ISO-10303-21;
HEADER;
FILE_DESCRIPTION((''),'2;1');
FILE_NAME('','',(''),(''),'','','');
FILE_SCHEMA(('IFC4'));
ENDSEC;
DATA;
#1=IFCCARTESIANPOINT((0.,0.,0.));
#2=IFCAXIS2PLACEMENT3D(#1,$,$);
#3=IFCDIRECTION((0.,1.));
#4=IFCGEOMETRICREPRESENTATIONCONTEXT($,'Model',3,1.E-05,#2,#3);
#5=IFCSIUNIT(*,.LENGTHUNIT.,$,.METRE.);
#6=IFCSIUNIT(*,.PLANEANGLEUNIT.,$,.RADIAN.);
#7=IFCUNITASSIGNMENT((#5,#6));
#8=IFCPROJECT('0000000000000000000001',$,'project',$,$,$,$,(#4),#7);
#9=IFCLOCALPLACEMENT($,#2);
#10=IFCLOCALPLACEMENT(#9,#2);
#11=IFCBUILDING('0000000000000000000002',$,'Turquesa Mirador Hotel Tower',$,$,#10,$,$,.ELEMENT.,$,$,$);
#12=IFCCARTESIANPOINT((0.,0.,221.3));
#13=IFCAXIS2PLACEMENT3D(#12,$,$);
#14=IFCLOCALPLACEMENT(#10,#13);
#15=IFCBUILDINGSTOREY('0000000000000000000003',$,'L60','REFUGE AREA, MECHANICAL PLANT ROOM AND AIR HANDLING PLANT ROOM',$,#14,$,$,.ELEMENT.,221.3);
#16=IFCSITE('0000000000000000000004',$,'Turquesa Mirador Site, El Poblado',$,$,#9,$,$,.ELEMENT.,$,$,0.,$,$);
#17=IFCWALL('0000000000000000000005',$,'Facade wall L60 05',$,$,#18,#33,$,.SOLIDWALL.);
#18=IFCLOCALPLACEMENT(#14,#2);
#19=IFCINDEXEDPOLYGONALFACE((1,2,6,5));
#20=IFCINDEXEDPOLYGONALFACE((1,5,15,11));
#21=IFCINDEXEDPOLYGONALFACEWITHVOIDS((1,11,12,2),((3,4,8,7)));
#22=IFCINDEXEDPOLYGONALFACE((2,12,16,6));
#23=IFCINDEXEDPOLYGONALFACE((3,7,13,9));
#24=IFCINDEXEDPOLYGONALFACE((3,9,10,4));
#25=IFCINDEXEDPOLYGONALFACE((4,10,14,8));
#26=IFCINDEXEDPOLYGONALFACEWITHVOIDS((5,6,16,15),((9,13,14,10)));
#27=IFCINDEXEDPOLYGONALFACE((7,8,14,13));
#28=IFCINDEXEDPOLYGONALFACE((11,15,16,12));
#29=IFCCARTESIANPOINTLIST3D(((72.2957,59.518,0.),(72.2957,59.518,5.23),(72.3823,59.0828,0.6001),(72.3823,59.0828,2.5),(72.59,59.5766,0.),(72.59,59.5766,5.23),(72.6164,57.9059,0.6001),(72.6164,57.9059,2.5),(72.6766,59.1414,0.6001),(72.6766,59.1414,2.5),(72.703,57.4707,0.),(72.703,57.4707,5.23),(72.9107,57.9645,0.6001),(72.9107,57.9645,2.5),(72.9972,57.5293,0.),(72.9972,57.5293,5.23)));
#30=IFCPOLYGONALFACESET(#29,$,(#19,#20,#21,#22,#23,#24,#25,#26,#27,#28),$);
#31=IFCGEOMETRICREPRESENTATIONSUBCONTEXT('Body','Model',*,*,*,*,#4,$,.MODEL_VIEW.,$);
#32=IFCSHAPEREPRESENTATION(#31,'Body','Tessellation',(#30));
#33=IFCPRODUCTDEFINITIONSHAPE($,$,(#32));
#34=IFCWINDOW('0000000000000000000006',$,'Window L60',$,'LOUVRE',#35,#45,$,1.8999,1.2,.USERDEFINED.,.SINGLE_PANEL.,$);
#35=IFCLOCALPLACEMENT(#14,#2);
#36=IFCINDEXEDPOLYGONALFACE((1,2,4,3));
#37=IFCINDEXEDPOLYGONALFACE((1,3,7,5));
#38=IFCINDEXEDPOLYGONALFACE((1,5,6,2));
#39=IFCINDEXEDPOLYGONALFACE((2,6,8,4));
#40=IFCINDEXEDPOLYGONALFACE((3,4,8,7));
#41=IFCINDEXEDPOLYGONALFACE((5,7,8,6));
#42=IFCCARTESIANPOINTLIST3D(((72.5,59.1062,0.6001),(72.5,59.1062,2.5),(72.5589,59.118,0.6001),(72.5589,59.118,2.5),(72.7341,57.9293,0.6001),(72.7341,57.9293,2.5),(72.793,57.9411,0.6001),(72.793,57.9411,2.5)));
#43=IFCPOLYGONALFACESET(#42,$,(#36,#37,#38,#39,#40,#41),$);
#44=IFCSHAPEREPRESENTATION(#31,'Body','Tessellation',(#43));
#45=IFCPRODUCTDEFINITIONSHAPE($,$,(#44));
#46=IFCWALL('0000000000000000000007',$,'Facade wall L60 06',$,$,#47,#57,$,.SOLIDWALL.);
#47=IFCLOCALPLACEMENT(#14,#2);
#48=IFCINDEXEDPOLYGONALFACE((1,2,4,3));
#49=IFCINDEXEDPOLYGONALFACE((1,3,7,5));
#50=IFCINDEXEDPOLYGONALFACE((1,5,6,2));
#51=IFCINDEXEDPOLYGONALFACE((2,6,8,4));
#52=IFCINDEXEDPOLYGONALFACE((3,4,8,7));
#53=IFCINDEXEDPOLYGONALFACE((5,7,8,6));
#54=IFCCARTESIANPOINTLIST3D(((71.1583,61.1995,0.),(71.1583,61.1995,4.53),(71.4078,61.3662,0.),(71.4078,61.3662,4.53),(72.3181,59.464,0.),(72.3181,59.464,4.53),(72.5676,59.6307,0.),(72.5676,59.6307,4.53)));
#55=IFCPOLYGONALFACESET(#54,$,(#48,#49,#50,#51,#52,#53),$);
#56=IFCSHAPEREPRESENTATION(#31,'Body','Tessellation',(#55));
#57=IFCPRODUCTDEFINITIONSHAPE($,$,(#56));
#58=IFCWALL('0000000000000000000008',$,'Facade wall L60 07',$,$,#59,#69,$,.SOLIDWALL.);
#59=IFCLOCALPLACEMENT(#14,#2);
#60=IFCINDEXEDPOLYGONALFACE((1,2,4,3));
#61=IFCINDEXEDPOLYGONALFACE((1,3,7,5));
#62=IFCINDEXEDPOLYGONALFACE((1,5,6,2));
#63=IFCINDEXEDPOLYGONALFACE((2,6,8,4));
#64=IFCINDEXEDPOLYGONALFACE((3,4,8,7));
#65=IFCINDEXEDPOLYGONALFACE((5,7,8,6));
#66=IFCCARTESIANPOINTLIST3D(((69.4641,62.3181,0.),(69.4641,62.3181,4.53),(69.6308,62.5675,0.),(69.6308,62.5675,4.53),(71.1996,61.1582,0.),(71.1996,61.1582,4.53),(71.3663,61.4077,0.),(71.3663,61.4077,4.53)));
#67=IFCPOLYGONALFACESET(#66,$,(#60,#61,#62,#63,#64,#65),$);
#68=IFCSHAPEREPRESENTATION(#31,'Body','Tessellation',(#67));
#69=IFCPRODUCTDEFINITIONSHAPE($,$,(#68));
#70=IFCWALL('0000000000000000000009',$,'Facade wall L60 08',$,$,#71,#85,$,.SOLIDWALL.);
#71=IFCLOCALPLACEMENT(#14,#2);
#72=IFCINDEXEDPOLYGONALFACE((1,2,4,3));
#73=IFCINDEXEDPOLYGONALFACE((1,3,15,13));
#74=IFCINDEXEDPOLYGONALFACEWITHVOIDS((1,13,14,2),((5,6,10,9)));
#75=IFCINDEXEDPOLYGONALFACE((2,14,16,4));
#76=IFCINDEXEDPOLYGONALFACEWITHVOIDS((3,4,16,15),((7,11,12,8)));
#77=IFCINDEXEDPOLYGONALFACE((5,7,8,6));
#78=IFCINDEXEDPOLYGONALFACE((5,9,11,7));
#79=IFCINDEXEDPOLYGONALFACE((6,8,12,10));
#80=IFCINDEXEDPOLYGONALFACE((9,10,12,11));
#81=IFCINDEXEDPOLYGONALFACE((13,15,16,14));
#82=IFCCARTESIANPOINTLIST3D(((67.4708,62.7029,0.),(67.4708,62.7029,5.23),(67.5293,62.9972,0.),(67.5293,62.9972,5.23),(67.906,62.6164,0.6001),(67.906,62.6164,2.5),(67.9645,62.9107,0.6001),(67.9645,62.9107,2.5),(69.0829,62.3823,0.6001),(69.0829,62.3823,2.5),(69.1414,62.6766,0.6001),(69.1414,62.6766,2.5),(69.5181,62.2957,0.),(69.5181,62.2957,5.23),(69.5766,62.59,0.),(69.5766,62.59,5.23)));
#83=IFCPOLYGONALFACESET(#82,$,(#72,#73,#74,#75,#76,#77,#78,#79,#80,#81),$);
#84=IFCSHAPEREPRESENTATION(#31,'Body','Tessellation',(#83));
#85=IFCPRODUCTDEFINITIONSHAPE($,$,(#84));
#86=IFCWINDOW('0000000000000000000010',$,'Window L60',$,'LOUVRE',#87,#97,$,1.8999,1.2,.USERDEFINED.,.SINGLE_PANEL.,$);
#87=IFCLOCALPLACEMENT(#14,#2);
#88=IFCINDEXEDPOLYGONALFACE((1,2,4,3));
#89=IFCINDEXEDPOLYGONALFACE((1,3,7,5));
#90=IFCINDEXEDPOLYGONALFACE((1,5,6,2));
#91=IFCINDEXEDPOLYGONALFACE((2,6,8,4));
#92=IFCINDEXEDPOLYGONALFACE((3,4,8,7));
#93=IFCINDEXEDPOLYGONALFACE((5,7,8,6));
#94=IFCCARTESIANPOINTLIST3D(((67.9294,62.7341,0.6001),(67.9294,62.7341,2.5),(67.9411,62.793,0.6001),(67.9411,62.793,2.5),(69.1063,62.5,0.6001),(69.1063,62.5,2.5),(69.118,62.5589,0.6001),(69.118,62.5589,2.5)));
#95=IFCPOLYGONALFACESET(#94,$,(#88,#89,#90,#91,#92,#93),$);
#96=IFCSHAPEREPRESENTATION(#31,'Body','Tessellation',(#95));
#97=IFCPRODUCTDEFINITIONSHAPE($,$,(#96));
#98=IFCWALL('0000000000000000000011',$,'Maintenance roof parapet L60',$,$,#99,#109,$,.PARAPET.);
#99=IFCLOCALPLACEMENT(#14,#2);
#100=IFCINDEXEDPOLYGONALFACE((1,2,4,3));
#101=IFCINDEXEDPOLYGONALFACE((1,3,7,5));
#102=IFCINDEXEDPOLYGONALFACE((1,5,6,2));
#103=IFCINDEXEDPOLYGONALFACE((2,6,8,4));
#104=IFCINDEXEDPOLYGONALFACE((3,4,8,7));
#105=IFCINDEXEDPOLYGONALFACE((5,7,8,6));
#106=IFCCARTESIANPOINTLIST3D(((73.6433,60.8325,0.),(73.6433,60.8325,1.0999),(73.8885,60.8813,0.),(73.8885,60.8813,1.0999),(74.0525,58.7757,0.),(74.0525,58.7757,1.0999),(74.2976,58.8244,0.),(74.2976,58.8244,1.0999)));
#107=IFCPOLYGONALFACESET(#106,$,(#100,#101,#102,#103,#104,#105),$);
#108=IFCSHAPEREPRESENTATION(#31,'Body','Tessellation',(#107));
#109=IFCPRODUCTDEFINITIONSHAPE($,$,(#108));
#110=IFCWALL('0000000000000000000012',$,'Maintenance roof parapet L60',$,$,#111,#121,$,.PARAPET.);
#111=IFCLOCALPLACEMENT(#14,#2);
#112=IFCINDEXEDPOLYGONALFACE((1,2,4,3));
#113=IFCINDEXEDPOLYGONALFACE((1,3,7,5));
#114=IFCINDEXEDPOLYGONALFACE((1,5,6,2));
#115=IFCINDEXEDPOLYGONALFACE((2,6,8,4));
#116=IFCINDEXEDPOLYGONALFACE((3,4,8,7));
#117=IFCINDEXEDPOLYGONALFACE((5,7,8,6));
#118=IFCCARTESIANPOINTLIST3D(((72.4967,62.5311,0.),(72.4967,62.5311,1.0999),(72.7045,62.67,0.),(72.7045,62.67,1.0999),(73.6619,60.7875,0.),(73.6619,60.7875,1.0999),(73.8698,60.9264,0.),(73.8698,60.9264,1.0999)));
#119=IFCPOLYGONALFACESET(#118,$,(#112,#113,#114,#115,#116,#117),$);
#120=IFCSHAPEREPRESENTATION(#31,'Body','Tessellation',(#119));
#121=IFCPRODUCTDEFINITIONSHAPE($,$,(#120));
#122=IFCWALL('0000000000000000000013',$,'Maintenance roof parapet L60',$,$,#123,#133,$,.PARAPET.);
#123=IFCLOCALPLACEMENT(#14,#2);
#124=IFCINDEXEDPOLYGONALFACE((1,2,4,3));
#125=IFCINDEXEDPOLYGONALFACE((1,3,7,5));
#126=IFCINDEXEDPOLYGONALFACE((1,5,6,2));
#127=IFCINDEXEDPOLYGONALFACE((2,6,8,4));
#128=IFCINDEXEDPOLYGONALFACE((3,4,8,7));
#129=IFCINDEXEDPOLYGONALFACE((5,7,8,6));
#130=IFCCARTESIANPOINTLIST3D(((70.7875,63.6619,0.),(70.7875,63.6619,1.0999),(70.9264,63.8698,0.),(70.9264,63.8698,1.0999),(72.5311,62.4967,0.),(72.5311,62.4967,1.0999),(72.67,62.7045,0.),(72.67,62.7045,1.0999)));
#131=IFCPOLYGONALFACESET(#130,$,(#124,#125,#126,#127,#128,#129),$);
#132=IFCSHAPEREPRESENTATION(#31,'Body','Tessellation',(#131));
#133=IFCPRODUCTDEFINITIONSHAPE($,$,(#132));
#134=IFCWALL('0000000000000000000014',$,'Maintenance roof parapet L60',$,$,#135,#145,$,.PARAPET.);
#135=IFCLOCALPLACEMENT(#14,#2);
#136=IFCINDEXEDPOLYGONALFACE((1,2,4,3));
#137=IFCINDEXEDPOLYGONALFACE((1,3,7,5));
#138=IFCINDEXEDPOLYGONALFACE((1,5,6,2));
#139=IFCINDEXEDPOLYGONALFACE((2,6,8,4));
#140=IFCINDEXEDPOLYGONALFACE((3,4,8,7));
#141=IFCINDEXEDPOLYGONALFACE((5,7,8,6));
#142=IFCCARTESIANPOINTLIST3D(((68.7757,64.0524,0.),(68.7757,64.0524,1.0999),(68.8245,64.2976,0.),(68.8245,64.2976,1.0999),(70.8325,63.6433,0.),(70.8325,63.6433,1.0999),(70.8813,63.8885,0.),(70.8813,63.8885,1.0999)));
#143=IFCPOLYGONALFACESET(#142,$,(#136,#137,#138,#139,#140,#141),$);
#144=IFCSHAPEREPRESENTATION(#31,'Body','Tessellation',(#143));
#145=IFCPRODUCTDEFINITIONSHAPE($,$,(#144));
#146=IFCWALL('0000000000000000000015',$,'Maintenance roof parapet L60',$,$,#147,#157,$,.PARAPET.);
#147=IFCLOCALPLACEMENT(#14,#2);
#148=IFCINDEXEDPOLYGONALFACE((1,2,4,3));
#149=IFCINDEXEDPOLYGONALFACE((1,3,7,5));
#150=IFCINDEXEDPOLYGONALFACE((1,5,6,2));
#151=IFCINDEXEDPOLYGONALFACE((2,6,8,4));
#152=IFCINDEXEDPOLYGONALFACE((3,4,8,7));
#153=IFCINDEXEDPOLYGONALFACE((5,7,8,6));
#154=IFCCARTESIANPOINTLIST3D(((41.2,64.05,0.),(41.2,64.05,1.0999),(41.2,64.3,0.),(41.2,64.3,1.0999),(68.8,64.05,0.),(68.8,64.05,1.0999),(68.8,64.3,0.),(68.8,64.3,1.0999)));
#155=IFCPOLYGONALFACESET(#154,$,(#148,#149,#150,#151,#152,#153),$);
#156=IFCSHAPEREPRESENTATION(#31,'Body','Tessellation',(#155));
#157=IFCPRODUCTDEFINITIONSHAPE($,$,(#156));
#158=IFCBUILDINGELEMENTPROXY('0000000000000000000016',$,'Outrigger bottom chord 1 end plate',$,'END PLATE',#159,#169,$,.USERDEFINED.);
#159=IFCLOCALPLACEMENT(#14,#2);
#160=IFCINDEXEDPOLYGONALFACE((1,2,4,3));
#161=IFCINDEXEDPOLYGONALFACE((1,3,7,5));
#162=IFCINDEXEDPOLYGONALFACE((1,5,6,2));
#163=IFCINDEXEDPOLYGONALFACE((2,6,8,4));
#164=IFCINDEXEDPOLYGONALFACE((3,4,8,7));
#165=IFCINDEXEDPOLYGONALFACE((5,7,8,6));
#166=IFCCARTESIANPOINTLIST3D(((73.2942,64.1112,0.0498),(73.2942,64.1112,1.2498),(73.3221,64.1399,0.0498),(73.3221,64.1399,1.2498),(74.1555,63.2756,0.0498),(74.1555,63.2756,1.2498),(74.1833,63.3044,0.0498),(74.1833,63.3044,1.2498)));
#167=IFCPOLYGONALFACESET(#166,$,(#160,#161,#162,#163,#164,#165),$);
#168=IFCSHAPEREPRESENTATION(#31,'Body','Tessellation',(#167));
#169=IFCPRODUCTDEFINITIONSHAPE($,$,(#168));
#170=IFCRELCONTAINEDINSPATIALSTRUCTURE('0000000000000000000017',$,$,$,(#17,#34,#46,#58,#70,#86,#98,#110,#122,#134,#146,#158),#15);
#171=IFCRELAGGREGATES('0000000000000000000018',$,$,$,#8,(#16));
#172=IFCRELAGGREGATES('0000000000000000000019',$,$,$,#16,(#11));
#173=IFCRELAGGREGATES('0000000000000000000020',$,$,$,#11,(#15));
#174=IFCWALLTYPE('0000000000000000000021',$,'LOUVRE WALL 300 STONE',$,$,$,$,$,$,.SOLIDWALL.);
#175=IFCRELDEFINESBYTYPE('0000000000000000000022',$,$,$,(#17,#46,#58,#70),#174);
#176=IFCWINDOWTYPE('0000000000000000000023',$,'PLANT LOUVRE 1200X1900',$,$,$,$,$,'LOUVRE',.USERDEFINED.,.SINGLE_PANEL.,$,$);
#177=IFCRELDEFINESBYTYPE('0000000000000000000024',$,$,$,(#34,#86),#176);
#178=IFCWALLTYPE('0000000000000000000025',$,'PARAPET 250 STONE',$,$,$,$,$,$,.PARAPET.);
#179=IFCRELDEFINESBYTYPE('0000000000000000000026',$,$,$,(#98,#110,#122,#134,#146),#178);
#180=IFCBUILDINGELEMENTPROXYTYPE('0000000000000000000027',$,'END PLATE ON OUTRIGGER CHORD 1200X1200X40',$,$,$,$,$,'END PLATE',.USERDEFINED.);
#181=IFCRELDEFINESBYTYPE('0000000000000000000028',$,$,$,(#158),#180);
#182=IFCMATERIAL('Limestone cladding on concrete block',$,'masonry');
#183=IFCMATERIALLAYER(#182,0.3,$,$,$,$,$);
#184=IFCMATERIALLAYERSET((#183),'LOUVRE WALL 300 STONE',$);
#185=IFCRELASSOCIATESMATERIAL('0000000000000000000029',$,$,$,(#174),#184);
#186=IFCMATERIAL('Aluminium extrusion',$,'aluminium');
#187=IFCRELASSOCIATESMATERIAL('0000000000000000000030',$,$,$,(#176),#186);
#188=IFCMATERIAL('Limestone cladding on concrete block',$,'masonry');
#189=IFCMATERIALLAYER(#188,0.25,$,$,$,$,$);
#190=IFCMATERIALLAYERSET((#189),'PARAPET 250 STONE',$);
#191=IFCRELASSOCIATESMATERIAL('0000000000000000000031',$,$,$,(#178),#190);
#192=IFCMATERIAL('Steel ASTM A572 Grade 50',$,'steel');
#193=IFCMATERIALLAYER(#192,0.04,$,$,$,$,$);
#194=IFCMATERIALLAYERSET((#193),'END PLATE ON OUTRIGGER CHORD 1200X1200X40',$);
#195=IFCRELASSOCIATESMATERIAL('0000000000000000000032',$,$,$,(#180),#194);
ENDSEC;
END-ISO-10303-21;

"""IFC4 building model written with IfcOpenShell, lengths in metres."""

from ifc_helpers import new_model, si_unit, direction, frame, frame_2d, origin, origin_2d, place, context, subcontext, project, spatial, rectangle, extrude, material, layer, layer_set, type_object, element, fill, save


model = new_model("IFC4")

# Units and contexts
model_context = context("Model", 3, precision=1e-05, world=origin(), true_north=direction((0.0, 1.0)))
body_context = subcontext(model_context, "Body", "Model", "MODEL_VIEW")
ifc_project = project(units=[si_unit("LENGTHUNIT", "METRE"), si_unit("PLANEANGLEUNIT", "RADIAN")], contexts=[model_context])

# Site, building, storey
site_placement = place(None, origin())
site = spatial("IfcSite", under=ifc_project, at=site_placement, Name="Turquesa Mirador Site, El Poblado", CompositionType="ELEMENT", RefElevation=0.0)
building_placement = place(site_placement, origin())
building = spatial("IfcBuilding", under=site, at=building_placement, Name="Turquesa Mirador Hotel Tower", CompositionType="ELEMENT")
storey_placement = place(building_placement, frame((0.0, 0.0, 221.3)))
storey = spatial("IfcBuildingStorey", under=building, at=storey_placement, Name="L60", Description="REFUGE AREA, MECHANICAL PLANT ROOM AND AIR HANDLING PLANT ROOM", CompositionType="ELEMENT", Elevation=221.3)

# Wall, opening, window
ifc_material_1 = material(Name="Limestone cladding on concrete block", Category="masonry")
ifc_layer_1 = layer(ifc_material_1, 0.3)
ifc_layer_set_1 = layer_set([ifc_layer_1], Name="LOUVRE WALL 300 STONE")
wall_type_1 = type_object("IfcWallType", Name="LOUVRE WALL 300 STONE", PredefinedType="SOLIDWALL", material=ifc_layer_set_1)
wall_1_placement = place(storey_placement, frame((72.8501, 57.5, 0.0), z_axis=(0.0, 0.0, 1.0), x_axis=(-0.195081, 0.980787, 0.0)))
wall_1 = element("IfcWall", 1, at=wall_1_placement, inside=storey, type_object=wall_type_1, Name="Facade wall L60 05", PredefinedType="SOLIDWALL", context=body_context, shape_type="SweptSolid", body=[
    extrude(rectangle(XDim=2.0874, YDim=0.3, at=frame_2d((1.0437, 0.0))), origin(), (0.0, 0.0, 1.0), 5.23),
])
opening_1_placement = place(wall_1_placement, frame((0.4436, 0.0, 0.6001)))
opening_1 = element("IfcOpeningElement", 2, at=opening_1_placement, cuts=wall_1, PredefinedType="OPENING", context=body_context, shape_type="SweptSolid", body=[
    extrude(rectangle(XDim=1.2, YDim=1.8999, at=frame_2d((0.6001, 0.95))), frame((0.0, 0.1599, 0.0), z_axis=(0.0, -1.0, 0.0), x_axis=(1.0, 0.0, 0.0)), (0.0, 0.0, 1.0), 0.3201),
])
ifc_material_2 = material(Name="Aluminium extrusion", Category="aluminium")
window_type = type_object("IfcWindowType", Name="PLANT LOUVRE 1200X1900", ElementType="LOUVRE", PartitioningType="SINGLE_PANEL", PredefinedType="USERDEFINED", material=ifc_material_2)
window_1_placement = place(opening_1_placement, origin())
window_1 = element("IfcWindow", 3, at=window_1_placement, inside=storey, type_object=window_type, Name="Window L60", ObjectType="LOUVRE", OverallHeight=1.8999, OverallWidth=1.2, PartitioningType="SINGLE_PANEL", PredefinedType="USERDEFINED", context=body_context, shape_type="SweptSolid", body=[
    extrude(rectangle(XDim=1.2, YDim=1.8999, at=frame_2d((0.6001, 0.95))), frame((0.0, 0.03, 0.0), z_axis=(0.0, -1.0, 0.0), x_axis=(1.0, 0.0, 0.0)), (0.0, 0.0, 1.0), 0.0601),
])
fill(opening_1, window_1)

# Walls
for number, where, z_axis, x_axis, name in (
    (4, (72.4429, 59.5474, 0.0), (0.0, 0.0, 1.0), (-0.555644, 0.83142, 0.0), "Facade wall L60 06"),
    (5, (71.283, 61.283, 0.0), (0.0, 0.0, 1.0), (-0.83142, 0.555644, 0.0), "Facade wall L60 07"),
):
    element("IfcWall", number, at=place(storey_placement, frame(where, z_axis=z_axis, x_axis=x_axis)), inside=storey, type_object=wall_type_1, Name=name, PredefinedType="SOLIDWALL", context=body_context, shape_type="SweptSolid", body=[
        extrude(rectangle(XDim=2.0874, YDim=0.3, at=frame_2d((1.0437, 0.0))), origin(), (0.0, 0.0, 1.0), 4.53),
    ])

# Wall, opening, window
wall_2_placement = place(storey_placement, frame((69.5474, 62.4429, 0.0), z_axis=(0.0, 0.0, 1.0), x_axis=(-0.980787, 0.195081, 0.0)))
wall_2 = element("IfcWall", 6, at=wall_2_placement, inside=storey, type_object=wall_type_1, Name="Facade wall L60 08", PredefinedType="SOLIDWALL", context=body_context, shape_type="SweptSolid", body=[
    extrude(rectangle(XDim=2.0874, YDim=0.3, at=frame_2d((1.0437, 0.0))), origin(), (0.0, 0.0, 1.0), 5.23),
])
opening_2_placement = place(wall_2_placement, frame((0.4436, 0.0, 0.6001)))
opening_2 = element("IfcOpeningElement", 7, at=opening_2_placement, cuts=wall_2, PredefinedType="OPENING", context=body_context, shape_type="SweptSolid", body=[
    extrude(rectangle(XDim=1.2, YDim=1.8999, at=frame_2d((0.6001, 0.95))), frame((0.0, 0.1599, 0.0), z_axis=(0.0, -1.0, 0.0), x_axis=(1.0, 0.0, 0.0)), (0.0, 0.0, 1.0), 0.3201),
])
window_2_placement = place(opening_2_placement, origin())
window_2 = element("IfcWindow", 8, at=window_2_placement, inside=storey, type_object=window_type, Name="Window L60", ObjectType="LOUVRE", OverallHeight=1.8999, OverallWidth=1.2, PartitioningType="SINGLE_PANEL", PredefinedType="USERDEFINED", context=body_context, shape_type="SweptSolid", body=[
    extrude(rectangle(XDim=1.2, YDim=1.8999, at=frame_2d((0.6001, 0.95))), frame((0.0, 0.03, 0.0), z_axis=(0.0, -1.0, 0.0), x_axis=(1.0, 0.0, 0.0)), (0.0, 0.0, 1.0), 0.0601),
])
fill(opening_2, window_2)

# Walls
ifc_material_3 = material(Name="Limestone cladding on concrete block", Category="masonry")
ifc_layer_2 = layer(ifc_material_3, 0.25)
ifc_layer_set_2 = layer_set([ifc_layer_2], Name="PARAPET 250 STONE")
wall_type_2 = type_object("IfcWallType", Name="PARAPET 250 STONE", PredefinedType="PARAPET", material=ifc_layer_set_2)
for number, where, z_axis, x_axis, name in (
    (9, (74.175, 58.8, 0.0), (0.0, 0.0, 1.0), (-0.195109, 0.980782, 0.0), "Maintenance roof parapet L60"),
    (10, (73.7659, 60.8569, 0.0), (0.0, 0.0, 1.0), (-0.55564, 0.831423, 0.0), "Maintenance roof parapet L60"),
    (11, (72.6006, 62.6006, 0.0), (0.0, 0.0, 1.0), (-0.831423, 0.55564, 0.0), "Maintenance roof parapet L60"),
    (12, (70.8569, 63.7659, 0.0), (0.0, 0.0, 1.0), (-0.980782, 0.195109, 0.0), "Maintenance roof parapet L60"),
):
    element("IfcWall", number, at=place(storey_placement, frame(where, z_axis=z_axis, x_axis=x_axis)), inside=storey, type_object=wall_type_2, Name=name, PredefinedType="PARAPET", context=body_context, shape_type="SweptSolid", body=[
        extrude(rectangle(XDim=2.0972, YDim=0.25, at=frame_2d((1.0486, 0.0))), origin(), (0.0, 0.0, 1.0), 1.0999),
    ])
wall_3_placement = place(storey_placement, frame((68.8, 64.175, 0.0), z_axis=(0.0, 0.0, 1.0), x_axis=(-1.0, 0.0, 0.0)))
element("IfcWall", 13, at=wall_3_placement, inside=storey, type_object=wall_type_2, Name="Maintenance roof parapet L60", PredefinedType="PARAPET", context=body_context, shape_type="SweptSolid", body=[
    extrude(rectangle(XDim=27.6001, YDim=0.25, at=frame_2d((13.8, 0.0))), origin(), (0.0, 0.0, 1.0), 1.0999),
])

# Building element proxy
ifc_material_4 = material(Name="Steel ASTM A572 Grade 50", Category="steel")
ifc_layer_3 = layer(ifc_material_4, 0.04)
ifc_layer_set_3 = layer_set([ifc_layer_3], Name="END PLATE ON OUTRIGGER CHORD 1200X1200X40")
building_element_proxy_type = type_object("IfcBuildingElementProxyType", Name="END PLATE ON OUTRIGGER CHORD 1200X1200X40", ElementType="END PLATE", PredefinedType="USERDEFINED", material=ifc_layer_set_3)
proxy_placement = place(storey_placement, frame((73.7388, 63.7078, 0.0498), z_axis=(0.0, 0.0, 1.0), x_axis=(0.696306, 0.717745, 0.0)))
element("IfcBuildingElementProxy", 14, at=proxy_placement, inside=storey, type_object=building_element_proxy_type, Name="Outrigger bottom chord 1 end plate", ObjectType="END PLATE", PredefinedType="USERDEFINED", context=body_context, shape_type="SweptSolid", body=[
    extrude(rectangle(XDim=0.04, YDim=1.2, at=origin_2d()), origin(), (0.0, 0.0, 1.0), 1.2),
])

save(model, "model.ifc")
